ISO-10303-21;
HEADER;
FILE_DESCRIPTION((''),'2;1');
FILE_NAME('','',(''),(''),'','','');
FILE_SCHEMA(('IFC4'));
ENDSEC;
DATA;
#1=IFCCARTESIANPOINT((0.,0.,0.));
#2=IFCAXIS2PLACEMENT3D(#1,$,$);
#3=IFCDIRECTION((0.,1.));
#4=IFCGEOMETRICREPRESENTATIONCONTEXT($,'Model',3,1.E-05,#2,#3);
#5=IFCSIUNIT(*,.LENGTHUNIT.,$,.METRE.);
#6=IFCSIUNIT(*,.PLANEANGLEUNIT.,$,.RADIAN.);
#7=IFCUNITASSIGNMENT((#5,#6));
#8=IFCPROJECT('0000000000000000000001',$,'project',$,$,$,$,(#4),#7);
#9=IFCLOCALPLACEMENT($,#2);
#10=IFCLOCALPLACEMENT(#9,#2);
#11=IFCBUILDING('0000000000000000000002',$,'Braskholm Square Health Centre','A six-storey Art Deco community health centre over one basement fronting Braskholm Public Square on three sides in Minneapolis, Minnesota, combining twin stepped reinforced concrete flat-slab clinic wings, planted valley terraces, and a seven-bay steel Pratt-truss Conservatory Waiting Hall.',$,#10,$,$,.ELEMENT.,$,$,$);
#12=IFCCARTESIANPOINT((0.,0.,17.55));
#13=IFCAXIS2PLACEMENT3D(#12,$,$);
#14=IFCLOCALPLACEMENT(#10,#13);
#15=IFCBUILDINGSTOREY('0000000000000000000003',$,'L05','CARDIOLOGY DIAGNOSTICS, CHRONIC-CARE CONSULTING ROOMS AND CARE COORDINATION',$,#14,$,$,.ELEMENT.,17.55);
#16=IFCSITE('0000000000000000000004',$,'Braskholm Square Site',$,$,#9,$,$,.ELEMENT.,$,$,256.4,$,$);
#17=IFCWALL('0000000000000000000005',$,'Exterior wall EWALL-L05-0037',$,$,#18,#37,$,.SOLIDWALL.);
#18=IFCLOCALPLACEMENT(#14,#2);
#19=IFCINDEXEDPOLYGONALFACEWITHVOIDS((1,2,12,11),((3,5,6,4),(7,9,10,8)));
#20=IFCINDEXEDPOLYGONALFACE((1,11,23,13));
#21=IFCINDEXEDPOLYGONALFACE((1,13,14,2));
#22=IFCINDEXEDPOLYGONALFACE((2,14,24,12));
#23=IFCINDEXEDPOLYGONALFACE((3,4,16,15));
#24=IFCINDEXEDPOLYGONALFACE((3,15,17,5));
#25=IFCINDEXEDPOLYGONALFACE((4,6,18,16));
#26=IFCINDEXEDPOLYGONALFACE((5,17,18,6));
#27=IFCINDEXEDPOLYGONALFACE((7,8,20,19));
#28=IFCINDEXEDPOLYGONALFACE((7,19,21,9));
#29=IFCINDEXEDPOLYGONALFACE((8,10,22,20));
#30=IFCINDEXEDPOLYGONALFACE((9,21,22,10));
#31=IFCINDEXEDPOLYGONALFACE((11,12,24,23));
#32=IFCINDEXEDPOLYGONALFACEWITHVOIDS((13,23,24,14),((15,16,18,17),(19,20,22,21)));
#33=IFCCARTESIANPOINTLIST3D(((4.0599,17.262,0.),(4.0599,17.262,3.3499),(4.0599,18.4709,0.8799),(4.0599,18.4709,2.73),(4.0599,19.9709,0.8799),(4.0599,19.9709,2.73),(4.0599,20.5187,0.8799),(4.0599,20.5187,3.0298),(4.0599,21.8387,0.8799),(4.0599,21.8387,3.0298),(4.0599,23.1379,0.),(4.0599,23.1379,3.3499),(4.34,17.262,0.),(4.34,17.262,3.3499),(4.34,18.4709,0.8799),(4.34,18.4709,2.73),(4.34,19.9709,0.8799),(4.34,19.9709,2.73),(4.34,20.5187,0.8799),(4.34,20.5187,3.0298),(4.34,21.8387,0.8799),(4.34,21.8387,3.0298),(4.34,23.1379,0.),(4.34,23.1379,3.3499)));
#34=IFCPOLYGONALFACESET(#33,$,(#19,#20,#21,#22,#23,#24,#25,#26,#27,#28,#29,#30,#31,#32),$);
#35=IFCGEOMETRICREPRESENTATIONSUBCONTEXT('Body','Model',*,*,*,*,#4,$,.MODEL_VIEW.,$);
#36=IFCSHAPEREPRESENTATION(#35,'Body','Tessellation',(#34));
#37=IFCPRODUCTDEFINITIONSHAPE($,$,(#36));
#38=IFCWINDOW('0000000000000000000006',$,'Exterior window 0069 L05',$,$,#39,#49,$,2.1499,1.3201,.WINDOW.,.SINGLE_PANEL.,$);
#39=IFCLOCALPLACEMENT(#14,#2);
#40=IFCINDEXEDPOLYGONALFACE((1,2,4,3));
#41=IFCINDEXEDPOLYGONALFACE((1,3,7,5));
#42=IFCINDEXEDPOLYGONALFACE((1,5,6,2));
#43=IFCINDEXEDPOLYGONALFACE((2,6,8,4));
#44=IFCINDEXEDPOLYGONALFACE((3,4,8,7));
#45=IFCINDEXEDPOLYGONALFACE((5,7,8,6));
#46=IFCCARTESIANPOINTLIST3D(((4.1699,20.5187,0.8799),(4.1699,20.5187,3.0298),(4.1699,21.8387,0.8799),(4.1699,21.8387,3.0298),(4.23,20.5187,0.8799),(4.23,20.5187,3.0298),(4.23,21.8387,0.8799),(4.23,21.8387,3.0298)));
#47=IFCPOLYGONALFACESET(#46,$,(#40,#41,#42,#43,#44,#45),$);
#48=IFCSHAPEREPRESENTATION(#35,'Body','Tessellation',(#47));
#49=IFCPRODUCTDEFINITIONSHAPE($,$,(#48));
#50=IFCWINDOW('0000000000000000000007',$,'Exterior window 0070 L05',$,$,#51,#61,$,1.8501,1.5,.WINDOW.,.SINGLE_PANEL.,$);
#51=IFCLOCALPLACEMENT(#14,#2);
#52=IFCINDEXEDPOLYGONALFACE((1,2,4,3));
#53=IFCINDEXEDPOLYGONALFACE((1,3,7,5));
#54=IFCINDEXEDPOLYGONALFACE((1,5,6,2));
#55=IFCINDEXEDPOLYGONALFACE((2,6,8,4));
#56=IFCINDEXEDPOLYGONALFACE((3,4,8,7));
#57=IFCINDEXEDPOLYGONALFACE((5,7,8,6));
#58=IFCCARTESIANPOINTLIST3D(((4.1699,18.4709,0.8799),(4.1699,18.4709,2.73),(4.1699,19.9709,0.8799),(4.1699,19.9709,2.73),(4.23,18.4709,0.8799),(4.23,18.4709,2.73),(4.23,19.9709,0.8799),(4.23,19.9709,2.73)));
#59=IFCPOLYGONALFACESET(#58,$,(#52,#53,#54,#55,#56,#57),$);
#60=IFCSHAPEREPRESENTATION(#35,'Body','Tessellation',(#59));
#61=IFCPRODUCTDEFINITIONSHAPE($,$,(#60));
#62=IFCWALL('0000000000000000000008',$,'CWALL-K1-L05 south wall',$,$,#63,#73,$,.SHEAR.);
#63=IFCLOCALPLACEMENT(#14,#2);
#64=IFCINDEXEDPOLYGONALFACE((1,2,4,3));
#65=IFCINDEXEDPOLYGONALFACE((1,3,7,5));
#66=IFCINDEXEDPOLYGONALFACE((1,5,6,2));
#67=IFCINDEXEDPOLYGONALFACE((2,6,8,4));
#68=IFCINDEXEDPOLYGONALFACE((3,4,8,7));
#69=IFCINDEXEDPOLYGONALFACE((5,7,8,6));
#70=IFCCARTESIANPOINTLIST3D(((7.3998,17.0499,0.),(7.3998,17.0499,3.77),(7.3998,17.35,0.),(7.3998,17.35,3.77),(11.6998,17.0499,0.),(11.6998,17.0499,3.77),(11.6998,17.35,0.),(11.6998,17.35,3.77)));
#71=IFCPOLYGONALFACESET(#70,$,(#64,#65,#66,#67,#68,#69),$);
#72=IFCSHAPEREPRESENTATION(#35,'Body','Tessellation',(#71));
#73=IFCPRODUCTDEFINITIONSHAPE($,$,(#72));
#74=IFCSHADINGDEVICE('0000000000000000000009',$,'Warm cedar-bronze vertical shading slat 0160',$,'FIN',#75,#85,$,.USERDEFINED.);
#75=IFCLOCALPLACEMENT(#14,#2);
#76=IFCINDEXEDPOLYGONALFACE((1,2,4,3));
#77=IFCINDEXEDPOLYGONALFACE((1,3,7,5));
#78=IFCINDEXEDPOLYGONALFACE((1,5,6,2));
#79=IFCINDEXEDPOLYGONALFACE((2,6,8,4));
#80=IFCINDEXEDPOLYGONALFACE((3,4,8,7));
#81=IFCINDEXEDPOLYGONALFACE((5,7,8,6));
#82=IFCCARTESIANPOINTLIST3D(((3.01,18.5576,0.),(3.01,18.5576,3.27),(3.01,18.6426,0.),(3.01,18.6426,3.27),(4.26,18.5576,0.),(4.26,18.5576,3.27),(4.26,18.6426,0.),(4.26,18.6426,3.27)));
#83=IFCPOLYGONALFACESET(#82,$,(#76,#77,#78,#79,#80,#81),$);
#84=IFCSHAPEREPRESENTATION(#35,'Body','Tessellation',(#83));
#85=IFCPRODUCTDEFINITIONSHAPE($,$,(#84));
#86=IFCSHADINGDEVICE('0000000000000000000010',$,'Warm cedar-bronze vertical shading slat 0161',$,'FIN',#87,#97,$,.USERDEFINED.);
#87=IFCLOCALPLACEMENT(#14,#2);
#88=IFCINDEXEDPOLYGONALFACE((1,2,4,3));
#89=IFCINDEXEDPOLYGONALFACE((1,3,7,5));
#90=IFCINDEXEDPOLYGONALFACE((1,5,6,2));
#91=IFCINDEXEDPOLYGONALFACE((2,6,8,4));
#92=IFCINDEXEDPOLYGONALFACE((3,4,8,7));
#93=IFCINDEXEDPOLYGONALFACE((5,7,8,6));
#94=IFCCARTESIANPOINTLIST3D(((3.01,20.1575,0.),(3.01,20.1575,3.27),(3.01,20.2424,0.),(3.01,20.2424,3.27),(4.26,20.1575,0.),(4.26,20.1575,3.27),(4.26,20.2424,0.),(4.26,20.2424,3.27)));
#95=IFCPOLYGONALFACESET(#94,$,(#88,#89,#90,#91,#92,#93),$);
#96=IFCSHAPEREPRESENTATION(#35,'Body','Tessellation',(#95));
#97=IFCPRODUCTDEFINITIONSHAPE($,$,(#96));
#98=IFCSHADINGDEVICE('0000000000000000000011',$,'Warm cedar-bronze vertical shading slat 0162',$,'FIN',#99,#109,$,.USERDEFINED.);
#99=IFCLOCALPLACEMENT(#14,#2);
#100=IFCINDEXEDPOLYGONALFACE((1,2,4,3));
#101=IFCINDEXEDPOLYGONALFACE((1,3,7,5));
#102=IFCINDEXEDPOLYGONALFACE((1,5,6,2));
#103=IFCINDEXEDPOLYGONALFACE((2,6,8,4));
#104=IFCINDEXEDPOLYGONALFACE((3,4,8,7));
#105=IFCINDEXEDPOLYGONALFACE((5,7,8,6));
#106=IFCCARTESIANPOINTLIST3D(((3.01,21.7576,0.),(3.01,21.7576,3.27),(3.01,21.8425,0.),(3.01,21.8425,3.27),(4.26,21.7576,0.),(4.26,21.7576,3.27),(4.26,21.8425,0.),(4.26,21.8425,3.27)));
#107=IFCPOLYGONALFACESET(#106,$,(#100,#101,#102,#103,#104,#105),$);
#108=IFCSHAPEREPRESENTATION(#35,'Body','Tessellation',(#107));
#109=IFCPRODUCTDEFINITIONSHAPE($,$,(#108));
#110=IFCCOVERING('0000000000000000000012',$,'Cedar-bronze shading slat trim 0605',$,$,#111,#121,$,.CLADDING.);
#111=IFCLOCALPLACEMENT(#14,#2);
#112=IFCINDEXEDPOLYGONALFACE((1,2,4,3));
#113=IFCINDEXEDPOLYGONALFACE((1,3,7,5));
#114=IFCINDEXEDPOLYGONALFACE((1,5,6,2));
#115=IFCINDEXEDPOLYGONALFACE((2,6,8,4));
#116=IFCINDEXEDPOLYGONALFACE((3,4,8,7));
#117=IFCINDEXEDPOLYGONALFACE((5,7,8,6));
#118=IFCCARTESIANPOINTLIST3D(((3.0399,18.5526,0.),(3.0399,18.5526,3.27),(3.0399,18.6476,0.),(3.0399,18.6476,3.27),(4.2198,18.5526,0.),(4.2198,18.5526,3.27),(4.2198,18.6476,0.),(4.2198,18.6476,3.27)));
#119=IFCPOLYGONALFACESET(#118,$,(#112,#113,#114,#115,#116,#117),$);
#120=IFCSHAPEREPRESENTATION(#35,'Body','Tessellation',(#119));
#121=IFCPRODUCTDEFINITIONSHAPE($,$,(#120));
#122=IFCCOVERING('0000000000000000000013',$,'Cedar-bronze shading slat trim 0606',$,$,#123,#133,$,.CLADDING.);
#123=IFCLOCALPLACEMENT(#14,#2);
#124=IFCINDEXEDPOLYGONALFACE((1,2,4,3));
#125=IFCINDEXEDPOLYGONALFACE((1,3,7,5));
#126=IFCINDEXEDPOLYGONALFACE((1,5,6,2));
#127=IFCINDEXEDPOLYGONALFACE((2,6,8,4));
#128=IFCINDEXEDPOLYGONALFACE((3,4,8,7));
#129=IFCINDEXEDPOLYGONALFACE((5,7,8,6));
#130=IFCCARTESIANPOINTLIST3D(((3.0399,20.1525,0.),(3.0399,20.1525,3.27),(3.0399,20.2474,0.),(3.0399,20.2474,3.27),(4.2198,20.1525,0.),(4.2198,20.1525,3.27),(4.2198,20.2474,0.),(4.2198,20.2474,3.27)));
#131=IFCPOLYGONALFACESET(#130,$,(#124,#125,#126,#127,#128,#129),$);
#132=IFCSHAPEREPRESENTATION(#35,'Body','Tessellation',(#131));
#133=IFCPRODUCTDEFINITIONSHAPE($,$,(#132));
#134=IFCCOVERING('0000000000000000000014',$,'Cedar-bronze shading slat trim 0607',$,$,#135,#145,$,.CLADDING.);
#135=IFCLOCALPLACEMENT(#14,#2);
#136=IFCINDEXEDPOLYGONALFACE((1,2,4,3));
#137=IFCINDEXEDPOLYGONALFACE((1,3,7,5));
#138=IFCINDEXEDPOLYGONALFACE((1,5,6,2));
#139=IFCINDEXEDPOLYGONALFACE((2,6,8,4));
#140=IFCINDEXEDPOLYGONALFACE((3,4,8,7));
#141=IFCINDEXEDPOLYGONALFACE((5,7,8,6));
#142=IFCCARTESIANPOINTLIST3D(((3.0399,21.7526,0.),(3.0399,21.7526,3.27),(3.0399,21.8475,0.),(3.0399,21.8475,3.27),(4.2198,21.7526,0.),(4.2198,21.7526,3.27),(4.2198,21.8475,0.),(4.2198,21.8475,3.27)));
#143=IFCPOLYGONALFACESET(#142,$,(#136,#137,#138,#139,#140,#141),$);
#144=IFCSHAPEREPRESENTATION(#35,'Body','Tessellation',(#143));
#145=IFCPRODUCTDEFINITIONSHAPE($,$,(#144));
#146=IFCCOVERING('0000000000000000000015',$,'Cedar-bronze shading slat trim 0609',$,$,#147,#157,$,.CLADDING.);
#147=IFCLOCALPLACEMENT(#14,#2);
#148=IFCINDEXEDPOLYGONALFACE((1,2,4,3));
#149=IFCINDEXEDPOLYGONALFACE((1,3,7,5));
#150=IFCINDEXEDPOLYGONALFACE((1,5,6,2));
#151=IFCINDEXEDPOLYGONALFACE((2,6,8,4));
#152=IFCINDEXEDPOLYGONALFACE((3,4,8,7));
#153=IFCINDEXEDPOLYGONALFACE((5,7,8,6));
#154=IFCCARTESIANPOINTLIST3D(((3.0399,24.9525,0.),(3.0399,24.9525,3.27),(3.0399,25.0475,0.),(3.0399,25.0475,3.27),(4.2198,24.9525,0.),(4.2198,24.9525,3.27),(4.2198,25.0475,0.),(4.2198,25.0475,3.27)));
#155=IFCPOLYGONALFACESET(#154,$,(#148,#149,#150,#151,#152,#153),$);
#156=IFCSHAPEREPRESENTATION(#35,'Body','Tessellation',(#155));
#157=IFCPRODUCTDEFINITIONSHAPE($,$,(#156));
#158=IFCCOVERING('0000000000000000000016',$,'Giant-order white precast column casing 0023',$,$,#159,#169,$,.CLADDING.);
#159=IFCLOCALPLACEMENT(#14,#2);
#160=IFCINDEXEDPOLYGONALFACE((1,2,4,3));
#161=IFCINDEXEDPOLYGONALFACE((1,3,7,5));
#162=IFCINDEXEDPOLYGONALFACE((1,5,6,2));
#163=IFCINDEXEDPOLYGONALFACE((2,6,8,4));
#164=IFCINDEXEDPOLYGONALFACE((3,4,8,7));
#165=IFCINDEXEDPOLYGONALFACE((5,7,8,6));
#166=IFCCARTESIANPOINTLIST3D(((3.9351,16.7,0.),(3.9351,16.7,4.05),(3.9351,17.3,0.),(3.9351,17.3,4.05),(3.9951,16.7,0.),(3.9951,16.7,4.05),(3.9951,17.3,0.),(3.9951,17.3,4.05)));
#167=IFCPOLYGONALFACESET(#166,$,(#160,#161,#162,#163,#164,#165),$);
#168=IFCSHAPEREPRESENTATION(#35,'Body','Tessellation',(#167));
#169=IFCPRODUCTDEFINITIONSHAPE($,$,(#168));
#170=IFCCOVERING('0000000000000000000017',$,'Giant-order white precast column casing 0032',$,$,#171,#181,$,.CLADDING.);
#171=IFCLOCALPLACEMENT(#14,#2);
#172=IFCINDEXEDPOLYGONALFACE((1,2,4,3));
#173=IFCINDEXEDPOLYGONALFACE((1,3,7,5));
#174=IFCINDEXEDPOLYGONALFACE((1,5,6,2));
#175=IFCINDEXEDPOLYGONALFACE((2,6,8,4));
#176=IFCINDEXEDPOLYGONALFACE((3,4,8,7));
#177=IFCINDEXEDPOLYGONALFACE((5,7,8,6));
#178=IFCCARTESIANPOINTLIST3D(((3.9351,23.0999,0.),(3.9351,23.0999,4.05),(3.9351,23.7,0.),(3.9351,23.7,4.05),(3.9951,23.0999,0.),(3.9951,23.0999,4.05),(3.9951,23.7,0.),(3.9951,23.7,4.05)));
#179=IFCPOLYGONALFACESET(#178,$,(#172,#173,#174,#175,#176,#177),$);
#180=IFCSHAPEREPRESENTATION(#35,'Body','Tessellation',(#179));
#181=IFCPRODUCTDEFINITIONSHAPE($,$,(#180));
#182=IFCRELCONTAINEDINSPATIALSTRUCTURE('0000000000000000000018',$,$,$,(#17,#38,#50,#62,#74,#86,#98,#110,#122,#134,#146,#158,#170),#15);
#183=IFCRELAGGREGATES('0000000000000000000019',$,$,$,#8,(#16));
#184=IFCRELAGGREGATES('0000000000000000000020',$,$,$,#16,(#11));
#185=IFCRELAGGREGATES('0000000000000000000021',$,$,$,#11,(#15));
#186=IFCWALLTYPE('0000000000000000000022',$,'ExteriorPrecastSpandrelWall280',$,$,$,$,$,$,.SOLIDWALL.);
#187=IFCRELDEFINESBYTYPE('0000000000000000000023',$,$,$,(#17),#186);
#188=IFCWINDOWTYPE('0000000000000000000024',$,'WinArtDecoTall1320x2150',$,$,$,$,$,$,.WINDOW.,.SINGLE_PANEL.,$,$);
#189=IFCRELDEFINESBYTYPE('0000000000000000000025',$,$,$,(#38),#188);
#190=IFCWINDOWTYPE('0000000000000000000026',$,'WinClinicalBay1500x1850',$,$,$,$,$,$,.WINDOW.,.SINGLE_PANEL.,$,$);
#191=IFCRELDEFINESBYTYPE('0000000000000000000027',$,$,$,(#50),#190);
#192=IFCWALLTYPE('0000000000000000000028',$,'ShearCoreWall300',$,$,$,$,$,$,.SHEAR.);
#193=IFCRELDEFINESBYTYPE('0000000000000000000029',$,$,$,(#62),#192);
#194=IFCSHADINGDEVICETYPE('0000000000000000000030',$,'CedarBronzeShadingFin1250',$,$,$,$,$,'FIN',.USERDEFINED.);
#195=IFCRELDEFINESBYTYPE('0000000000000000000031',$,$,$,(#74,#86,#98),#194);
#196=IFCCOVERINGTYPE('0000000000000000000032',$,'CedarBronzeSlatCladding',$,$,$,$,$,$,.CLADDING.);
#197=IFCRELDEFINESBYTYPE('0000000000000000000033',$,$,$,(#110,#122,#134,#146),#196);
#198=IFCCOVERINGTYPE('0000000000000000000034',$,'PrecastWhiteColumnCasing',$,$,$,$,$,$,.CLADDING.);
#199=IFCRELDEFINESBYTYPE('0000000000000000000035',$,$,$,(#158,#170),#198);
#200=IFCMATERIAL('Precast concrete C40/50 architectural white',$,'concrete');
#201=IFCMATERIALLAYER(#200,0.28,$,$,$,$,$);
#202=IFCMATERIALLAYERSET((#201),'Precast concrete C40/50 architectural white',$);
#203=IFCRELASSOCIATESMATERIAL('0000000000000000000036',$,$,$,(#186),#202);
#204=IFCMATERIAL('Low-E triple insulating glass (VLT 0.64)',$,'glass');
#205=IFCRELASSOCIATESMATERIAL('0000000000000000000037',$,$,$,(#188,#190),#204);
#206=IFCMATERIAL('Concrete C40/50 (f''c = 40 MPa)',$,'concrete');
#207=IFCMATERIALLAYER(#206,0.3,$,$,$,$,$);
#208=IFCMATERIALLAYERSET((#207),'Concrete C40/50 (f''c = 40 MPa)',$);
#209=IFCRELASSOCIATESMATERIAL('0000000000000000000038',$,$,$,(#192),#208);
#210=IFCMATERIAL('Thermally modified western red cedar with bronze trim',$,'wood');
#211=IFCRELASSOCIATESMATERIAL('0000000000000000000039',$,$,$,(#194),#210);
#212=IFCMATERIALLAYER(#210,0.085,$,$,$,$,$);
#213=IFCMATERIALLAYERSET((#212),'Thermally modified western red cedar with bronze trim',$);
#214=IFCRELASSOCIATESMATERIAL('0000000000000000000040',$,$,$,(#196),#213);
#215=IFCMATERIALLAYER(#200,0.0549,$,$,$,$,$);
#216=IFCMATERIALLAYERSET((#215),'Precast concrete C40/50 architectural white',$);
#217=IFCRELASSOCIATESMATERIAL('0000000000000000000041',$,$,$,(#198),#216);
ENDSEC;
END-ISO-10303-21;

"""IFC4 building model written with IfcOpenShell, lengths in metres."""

from ifc_helpers import new_model, si_unit, direction, frame, frame_2d, origin, origin_with_axes, origin_2d, place, context, subcontext, project, spatial, rectangle, extrude, material, layer, layer_set, type_object, element, fill, save


model = new_model("IFC4")

# Units and contexts
model_context = context("Model", 3, precision=1e-05, world=origin(), true_north=direction((0.0, 1.0)))
body_context = subcontext(model_context, "Body", "Model", "MODEL_VIEW")
ifc_project = project(units=[si_unit("LENGTHUNIT", "METRE"), si_unit("PLANEANGLEUNIT", "RADIAN")], contexts=[model_context])

# Site, building, storey
site_placement = place(None, origin())
site = spatial("IfcSite", under=ifc_project, at=site_placement, Name="Braskholm Square Site", CompositionType="ELEMENT", RefElevation=256.4)
building_placement = place(site_placement, origin())
building = spatial("IfcBuilding", under=site, at=building_placement, Name="Braskholm Square Health Centre", Description="A six-storey Art Deco community health centre over one basement fronting Braskholm Public Square on three sides in Minneapolis, Minnesota, combining twin stepped reinforced concrete flat-slab clinic wings, planted valley terraces, and a seven-bay steel Pratt-truss Conservatory Waiting Hall.", CompositionType="ELEMENT")
storey_placement = place(building_placement, frame((0.0, 0.0, 17.55)))
storey = spatial("IfcBuildingStorey", under=building, at=storey_placement, Name="L05", Description="CARDIOLOGY DIAGNOSTICS, CHRONIC-CARE CONSULTING ROOMS AND CARE COORDINATION", CompositionType="ELEMENT", Elevation=17.55)

# Shared definitions
ifc_material_1 = material(Name="Precast concrete C40/50 architectural white", Category="concrete")

# Shared definitions
ifc_material_2 = material(Name="Low-E triple insulating glass (VLT 0.64)", Category="glass")

# Wall, openings, windows
ifc_layer_1 = layer(ifc_material_1, 0.28)
ifc_layer_set_1 = layer_set([ifc_layer_1], Name="Precast concrete C40/50 architectural white")
wall_type_1 = type_object("IfcWallType", Name="ExteriorPrecastSpandrelWall280", PredefinedType="SOLIDWALL", material=ifc_layer_set_1)
wall_1_placement = place(storey_placement, frame((4.2, 23.1379, 0.0), z_axis=(0.0, 0.0, 1.0), x_axis=(0.0, -1.0, 0.0)))
wall_1 = element("IfcWall", 1, at=wall_1_placement, inside=storey, type_object=wall_type_1, Name="Exterior wall EWALL-L05-0037", PredefinedType="SOLIDWALL", context=body_context, shape_type="SweptSolid", body=[
    extrude(rectangle(XDim=5.876, YDim=0.28, at=frame_2d((2.938, 0.0))), origin(), (0.0, 0.0, 1.0), 3.3499),
])
opening_1_placement = place(wall_1_placement, frame((1.2991, 0.0, 0.8799)))
opening_1 = element("IfcOpeningElement", 2, at=opening_1_placement, cuts=wall_1, PredefinedType="OPENING", context=body_context, shape_type="SweptSolid", body=[
    extrude(rectangle(XDim=1.3201, YDim=2.1499, at=frame_2d((0.6602, 1.075))), frame((0.0, 0.1499, 0.0), z_axis=(0.0, -1.0, 0.0), x_axis=(1.0, 0.0, 0.0)), (0.0, 0.0, 1.0), 0.3),
])
opening_2_placement = place(wall_1_placement, frame((3.167, 0.0, 0.8799)))
opening_2 = element("IfcOpeningElement", 3, at=opening_2_placement, cuts=wall_1, PredefinedType="OPENING", context=body_context, shape_type="SweptSolid", body=[
    extrude(rectangle(XDim=1.5, YDim=1.8501, at=frame_2d((0.75, 0.925))), frame((0.0, 0.1499, 0.0), z_axis=(0.0, -1.0, 0.0), x_axis=(1.0, 0.0, 0.0)), (0.0, 0.0, 1.0), 0.3),
])
window_type_1 = type_object("IfcWindowType", Name="WinArtDecoTall1320x2150", PartitioningType="SINGLE_PANEL", PredefinedType="WINDOW", material=ifc_material_2)
window_1_placement = place(opening_1_placement, origin_with_axes())
window_1 = element("IfcWindow", 4, at=window_1_placement, inside=storey, type_object=window_type_1, Name="Exterior window 0069 L05", OverallHeight=2.1499, OverallWidth=1.3201, PartitioningType="SINGLE_PANEL", PredefinedType="WINDOW", context=body_context, shape_type="SweptSolid", body=[
    extrude(rectangle(XDim=1.3201, YDim=2.1499, at=frame_2d((0.6602, 1.075))), frame((0.0, 0.03, 0.0), z_axis=(0.0, -1.0, 0.0), x_axis=(1.0, 0.0, 0.0)), (0.0, 0.0, 1.0), 0.0601),
])
fill(opening_1, window_1)
window_type_2 = type_object("IfcWindowType", Name="WinClinicalBay1500x1850", PartitioningType="SINGLE_PANEL", PredefinedType="WINDOW", material=ifc_material_2)
window_2_placement = place(opening_2_placement, origin_with_axes())
window_2 = element("IfcWindow", 5, at=window_2_placement, inside=storey, type_object=window_type_2, Name="Exterior window 0070 L05", OverallHeight=1.8501, OverallWidth=1.5, PartitioningType="SINGLE_PANEL", PredefinedType="WINDOW", context=body_context, shape_type="SweptSolid", body=[
    extrude(rectangle(XDim=1.5, YDim=1.8501, at=frame_2d((0.75, 0.925))), frame((0.0, 0.03, 0.0), z_axis=(0.0, -1.0, 0.0), x_axis=(1.0, 0.0, 0.0)), (0.0, 0.0, 1.0), 0.0601),
])
fill(opening_2, window_2)

# Wall
ifc_material_3 = material(Name="Concrete C40/50 (f'c = 40 MPa)", Category="concrete")
ifc_layer_2 = layer(ifc_material_3, 0.3)
ifc_layer_set_2 = layer_set([ifc_layer_2], Name="Concrete C40/50 (f'c = 40 MPa)")
wall_type_2 = type_object("IfcWallType", Name="ShearCoreWall300", PredefinedType="SHEAR", material=ifc_layer_set_2)
wall_2_placement = place(storey_placement, frame((7.3999, 17.2, 0.0), z_axis=(0.0, 0.0, 1.0), x_axis=(1.0, 0.0, 0.0)))
element("IfcWall", 6, at=wall_2_placement, inside=storey, type_object=wall_type_2, Name="CWALL-K1-L05 south wall", PredefinedType="SHEAR", context=body_context, shape_type="SweptSolid", body=[
    extrude(rectangle(XDim=4.3, YDim=0.3, at=frame_2d((2.1499, 0.0))), origin(), (0.0, 0.0, 1.0), 3.77),
])

# Shading devices
ifc_material_4 = material(Name="Thermally modified western red cedar with bronze trim", Category="wood")
shading_device_type = type_object("IfcShadingDeviceType", Name="CedarBronzeShadingFin1250", ElementType="FIN", PredefinedType="USERDEFINED", material=ifc_material_4)
for number, where, z_axis, x_axis, name in (
    (7, (3.635, 18.6001, 0.0), (0.0, 0.0, 1.0), (1.0, 0.0, 0.0), "Warm cedar-bronze vertical shading slat 0160"),
    (8, (3.635, 20.2, 0.0), (0.0, 0.0, 1.0), (1.0, 0.0, 0.0), "Warm cedar-bronze vertical shading slat 0161"),
    (9, (3.635, 21.8, 0.0), (0.0, 0.0, 1.0), (1.0, 0.0, 0.0), "Warm cedar-bronze vertical shading slat 0162"),
):
    element("IfcShadingDevice", number, at=place(storey_placement, frame(where, z_axis=z_axis, x_axis=x_axis)), inside=storey, type_object=shading_device_type, Name=name, ObjectType="FIN", PredefinedType="USERDEFINED", context=body_context, shape_type="SweptSolid", body=[
        extrude(rectangle(XDim=1.25, YDim=0.085, at=origin_2d()), origin(), (0.0, 0.0, 1.0), 3.27),
    ])

# Coverings
ifc_layer_3 = layer(ifc_material_4, 0.085)
ifc_layer_set_3 = layer_set([ifc_layer_3], Name="Thermally modified western red cedar with bronze trim")
covering_type_1 = type_object("IfcCoveringType", Name="CedarBronzeSlatCladding", PredefinedType="CLADDING", material=ifc_layer_set_3)
for number, where, z_axis, x_axis, name in (
    (10, (3.6299, 18.6001, 0.0), (0.0, 0.0, 1.0), (1.0, 0.0, 0.0), "Cedar-bronze shading slat trim 0605"),
    (11, (3.6299, 20.2, 0.0), (0.0, 0.0, 1.0), (1.0, 0.0, 0.0), "Cedar-bronze shading slat trim 0606"),
    (12, (3.6299, 21.8, 0.0), (0.0, 0.0, 1.0), (1.0, 0.0, 0.0), "Cedar-bronze shading slat trim 0607"),
    (13, (3.6299, 25.0, 0.0), (0.0, 0.0, 1.0), (1.0, 0.0, 0.0), "Cedar-bronze shading slat trim 0609"),
):
    element("IfcCovering", number, at=place(storey_placement, frame(where, z_axis=z_axis, x_axis=x_axis)), inside=storey, type_object=covering_type_1, Name=name, PredefinedType="CLADDING", context=body_context, shape_type="SweptSolid", body=[
        extrude(rectangle(XDim=1.1799, YDim=0.095, at=origin_2d()), origin(), (0.0, 0.0, 1.0), 3.27),
    ])
ifc_layer_4 = layer(ifc_material_1, 0.0549)
ifc_layer_set_4 = layer_set([ifc_layer_4], Name="Precast concrete C40/50 architectural white")
covering_type_2 = type_object("IfcCoveringType", Name="PrecastWhiteColumnCasing", PredefinedType="CLADDING", material=ifc_layer_set_4)
for number, where, z_axis, x_axis, name in (
    (14, (3.9651, 17.0, 0.0), (0.0, 0.0, 1.0), (1.0, 0.0, 0.0), "Giant-order white precast column casing 0023"),
    (15, (3.9651, 23.3999, 0.0), (0.0, 0.0, 1.0), (1.0, 0.0, 0.0), "Giant-order white precast column casing 0032"),
):
    element("IfcCovering", number, at=place(storey_placement, frame(where, z_axis=z_axis, x_axis=x_axis)), inside=storey, type_object=covering_type_2, Name=name, PredefinedType="CLADDING", context=body_context, shape_type="SweptSolid", body=[
        extrude(rectangle(XDim=0.0601, YDim=0.6001, at=origin_2d()), origin(), (0.0, 0.0, 1.0), 4.05),
    ])

save(model, "model.ifc")
